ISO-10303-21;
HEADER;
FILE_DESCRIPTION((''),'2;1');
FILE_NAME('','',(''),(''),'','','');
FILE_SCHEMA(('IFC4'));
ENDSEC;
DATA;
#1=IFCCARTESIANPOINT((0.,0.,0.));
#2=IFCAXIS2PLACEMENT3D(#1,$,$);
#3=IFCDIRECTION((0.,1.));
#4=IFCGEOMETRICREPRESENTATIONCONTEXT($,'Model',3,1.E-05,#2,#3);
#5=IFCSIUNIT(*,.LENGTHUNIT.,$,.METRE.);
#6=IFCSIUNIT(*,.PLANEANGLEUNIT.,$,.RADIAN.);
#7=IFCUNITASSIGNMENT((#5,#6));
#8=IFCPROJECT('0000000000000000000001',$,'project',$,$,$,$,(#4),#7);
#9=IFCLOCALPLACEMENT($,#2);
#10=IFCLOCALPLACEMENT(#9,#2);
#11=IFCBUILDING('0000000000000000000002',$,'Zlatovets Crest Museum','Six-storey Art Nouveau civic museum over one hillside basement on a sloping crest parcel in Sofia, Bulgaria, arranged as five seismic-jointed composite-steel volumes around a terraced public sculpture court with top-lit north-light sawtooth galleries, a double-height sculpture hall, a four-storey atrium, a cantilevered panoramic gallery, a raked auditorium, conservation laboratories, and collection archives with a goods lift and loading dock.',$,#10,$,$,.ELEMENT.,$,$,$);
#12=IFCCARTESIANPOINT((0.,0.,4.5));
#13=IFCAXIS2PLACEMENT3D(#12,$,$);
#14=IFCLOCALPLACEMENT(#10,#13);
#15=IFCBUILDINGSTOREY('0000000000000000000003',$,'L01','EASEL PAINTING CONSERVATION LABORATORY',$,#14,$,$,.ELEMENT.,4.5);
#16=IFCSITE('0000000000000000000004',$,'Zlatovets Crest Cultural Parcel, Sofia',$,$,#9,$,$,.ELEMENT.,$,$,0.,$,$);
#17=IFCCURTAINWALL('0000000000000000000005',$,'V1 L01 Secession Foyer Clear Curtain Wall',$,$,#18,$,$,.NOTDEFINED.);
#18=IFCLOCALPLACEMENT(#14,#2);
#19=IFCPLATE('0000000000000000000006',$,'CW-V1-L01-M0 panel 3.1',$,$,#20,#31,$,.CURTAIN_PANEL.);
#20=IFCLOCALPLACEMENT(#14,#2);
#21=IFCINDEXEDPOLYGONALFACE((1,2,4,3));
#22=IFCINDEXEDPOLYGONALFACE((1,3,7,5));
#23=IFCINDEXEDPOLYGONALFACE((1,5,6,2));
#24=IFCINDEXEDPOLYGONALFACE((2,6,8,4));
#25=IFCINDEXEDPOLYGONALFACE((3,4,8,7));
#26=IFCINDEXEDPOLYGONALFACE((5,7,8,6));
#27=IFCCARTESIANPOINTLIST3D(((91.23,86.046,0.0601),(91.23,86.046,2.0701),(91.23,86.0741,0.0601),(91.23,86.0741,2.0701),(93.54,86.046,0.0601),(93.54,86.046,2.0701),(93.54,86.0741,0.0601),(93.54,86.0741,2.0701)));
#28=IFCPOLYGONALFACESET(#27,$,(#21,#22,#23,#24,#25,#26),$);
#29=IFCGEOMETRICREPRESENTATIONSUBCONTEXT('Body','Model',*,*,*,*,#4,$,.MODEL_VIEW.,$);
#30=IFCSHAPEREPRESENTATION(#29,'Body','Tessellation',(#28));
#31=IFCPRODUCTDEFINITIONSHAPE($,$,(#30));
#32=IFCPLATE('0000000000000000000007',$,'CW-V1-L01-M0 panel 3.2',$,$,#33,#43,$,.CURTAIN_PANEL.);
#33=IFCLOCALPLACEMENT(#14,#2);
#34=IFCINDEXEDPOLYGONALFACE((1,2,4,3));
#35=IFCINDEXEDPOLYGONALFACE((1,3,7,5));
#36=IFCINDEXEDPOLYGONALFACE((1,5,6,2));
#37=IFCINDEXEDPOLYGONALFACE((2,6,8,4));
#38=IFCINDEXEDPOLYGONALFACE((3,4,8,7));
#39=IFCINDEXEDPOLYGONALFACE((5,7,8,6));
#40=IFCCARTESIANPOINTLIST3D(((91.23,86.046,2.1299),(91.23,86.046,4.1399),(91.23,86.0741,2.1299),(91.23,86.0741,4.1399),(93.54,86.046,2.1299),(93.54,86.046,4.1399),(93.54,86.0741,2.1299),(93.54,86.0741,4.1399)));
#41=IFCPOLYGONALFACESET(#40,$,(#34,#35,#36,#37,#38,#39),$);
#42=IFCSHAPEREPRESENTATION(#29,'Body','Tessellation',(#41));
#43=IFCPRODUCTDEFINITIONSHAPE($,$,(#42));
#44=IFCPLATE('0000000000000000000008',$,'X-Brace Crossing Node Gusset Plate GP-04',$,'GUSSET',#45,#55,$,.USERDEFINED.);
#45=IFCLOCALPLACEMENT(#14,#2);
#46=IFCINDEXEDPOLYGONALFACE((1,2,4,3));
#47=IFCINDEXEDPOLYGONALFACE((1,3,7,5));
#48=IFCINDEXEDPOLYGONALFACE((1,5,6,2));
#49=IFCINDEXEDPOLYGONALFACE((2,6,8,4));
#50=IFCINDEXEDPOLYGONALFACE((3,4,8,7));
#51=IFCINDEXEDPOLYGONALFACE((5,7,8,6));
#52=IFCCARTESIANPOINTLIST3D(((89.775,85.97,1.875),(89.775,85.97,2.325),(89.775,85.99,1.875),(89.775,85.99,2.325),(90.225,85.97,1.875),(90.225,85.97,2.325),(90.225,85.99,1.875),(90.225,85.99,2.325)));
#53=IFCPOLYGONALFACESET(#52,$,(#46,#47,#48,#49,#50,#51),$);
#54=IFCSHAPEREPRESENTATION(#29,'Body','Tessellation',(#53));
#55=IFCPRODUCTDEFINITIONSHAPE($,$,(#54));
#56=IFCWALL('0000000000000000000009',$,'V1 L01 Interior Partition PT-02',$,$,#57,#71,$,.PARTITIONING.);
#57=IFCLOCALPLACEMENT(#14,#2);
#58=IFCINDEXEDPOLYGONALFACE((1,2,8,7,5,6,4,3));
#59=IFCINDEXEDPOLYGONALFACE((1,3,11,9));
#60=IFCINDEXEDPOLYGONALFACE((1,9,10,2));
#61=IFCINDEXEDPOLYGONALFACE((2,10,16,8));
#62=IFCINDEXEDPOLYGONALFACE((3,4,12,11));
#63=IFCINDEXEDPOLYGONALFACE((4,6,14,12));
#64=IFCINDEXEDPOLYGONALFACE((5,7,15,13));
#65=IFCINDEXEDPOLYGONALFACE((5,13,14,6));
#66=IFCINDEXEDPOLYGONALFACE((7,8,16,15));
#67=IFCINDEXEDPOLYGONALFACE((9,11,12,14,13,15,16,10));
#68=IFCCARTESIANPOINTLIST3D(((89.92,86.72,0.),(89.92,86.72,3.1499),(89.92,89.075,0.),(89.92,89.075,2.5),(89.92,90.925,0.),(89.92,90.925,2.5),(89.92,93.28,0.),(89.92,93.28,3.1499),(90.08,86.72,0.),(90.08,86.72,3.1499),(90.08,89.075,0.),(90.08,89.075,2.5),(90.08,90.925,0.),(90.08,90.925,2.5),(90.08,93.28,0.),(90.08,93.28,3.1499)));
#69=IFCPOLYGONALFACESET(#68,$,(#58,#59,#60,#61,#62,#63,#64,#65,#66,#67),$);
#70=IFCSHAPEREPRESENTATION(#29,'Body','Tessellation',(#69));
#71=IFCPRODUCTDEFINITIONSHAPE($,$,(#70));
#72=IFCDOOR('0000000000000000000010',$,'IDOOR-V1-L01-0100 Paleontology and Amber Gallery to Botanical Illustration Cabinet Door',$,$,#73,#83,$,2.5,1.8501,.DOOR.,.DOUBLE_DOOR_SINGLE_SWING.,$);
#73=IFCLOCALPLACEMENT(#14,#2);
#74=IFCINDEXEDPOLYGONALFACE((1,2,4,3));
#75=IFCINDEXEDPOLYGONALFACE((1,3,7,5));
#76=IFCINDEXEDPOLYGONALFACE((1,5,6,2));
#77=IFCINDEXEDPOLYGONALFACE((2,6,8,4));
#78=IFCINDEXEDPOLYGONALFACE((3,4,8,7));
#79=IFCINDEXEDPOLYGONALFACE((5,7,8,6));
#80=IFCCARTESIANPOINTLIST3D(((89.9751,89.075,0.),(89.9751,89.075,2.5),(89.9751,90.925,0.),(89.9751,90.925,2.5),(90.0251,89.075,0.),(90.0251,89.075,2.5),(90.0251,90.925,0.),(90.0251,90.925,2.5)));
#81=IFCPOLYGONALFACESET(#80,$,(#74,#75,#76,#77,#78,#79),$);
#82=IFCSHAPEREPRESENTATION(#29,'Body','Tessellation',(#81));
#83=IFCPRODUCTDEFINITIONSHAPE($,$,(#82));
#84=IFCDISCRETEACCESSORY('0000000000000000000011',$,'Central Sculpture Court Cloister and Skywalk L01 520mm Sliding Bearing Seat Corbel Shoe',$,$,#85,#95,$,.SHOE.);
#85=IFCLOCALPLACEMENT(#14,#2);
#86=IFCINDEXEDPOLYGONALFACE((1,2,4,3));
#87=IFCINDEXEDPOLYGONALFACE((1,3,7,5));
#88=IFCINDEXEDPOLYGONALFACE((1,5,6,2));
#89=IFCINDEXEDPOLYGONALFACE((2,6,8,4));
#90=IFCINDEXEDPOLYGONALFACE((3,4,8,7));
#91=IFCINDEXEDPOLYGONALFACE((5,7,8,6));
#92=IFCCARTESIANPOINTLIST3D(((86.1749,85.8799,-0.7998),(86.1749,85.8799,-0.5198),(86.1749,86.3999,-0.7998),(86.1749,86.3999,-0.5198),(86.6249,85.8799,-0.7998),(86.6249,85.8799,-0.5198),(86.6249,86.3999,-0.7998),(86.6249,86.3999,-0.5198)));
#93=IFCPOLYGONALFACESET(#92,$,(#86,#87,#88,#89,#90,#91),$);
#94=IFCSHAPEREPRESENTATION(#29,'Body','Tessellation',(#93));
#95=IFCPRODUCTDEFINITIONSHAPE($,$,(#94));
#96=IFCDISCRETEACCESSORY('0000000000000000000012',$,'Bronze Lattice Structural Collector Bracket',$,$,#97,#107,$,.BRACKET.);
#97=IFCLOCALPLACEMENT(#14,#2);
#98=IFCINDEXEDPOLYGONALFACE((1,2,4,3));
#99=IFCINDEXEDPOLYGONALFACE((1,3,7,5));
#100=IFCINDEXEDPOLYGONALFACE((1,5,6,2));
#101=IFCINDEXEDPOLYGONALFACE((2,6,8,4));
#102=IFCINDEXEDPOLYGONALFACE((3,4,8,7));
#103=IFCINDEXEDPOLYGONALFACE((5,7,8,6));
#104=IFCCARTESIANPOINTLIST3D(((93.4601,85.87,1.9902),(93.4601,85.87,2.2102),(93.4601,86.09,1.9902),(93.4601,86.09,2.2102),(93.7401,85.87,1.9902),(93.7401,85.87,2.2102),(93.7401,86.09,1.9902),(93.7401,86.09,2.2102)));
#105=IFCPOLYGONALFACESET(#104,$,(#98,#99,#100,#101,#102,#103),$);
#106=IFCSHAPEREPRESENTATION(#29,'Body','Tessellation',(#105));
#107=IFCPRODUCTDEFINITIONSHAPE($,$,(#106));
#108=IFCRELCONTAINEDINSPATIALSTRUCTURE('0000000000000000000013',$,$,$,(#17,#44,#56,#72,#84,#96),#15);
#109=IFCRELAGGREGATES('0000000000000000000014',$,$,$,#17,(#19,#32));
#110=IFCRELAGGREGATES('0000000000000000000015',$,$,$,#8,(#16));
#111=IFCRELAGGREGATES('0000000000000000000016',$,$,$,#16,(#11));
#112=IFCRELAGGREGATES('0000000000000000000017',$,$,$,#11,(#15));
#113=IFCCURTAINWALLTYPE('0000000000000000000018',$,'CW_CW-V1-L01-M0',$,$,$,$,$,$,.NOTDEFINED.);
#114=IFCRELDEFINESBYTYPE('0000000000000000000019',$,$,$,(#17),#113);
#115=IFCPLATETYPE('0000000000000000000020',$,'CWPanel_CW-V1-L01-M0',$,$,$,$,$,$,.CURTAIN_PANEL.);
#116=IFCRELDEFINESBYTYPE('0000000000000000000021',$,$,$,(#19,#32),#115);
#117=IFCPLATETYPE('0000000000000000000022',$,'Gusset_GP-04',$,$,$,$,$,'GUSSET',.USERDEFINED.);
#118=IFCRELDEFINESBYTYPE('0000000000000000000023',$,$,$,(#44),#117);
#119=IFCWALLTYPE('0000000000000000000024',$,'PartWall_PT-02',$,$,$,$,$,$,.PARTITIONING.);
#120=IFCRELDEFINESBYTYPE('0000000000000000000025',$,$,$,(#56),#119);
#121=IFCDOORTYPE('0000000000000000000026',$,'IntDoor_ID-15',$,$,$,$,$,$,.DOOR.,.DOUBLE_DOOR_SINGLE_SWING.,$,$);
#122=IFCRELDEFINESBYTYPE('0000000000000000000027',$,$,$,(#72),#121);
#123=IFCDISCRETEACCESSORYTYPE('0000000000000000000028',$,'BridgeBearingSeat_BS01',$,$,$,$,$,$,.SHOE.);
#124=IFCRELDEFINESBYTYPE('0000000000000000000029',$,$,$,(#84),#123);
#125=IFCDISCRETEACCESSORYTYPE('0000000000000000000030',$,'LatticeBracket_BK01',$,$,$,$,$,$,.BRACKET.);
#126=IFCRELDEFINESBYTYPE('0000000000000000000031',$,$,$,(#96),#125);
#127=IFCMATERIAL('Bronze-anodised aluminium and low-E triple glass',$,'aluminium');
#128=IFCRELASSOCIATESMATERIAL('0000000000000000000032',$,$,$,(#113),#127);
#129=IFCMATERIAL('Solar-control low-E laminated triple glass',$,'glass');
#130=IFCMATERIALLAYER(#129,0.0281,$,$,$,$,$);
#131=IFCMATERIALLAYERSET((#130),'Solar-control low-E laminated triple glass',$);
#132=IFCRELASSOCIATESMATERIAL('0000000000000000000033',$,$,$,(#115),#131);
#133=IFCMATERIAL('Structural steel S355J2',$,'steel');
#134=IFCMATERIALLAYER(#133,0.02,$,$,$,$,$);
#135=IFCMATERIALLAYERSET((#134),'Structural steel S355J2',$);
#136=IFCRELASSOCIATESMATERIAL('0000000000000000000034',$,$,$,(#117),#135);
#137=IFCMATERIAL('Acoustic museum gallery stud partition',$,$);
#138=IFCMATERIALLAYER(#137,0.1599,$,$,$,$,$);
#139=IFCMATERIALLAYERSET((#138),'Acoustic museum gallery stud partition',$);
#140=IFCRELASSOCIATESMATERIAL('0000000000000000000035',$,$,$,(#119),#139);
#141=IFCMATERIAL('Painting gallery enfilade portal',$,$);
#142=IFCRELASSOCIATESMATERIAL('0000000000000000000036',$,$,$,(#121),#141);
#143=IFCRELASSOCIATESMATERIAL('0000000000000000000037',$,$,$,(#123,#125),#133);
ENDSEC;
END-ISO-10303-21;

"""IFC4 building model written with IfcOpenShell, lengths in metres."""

from ifc_helpers import new_model, si_unit, direction, frame, frame_2d, origin, origin_2d, place, context, subcontext, project, spatial, rectangle, extrude, material, layer, layer_set, type_object, element, fill, aggregate, save


model = new_model("IFC4")

# Units and contexts
model_context = context("Model", 3, precision=1e-05, world=origin(), true_north=direction((0.0, 1.0)))
body_context = subcontext(model_context, "Body", "Model", "MODEL_VIEW")
ifc_project = project(units=[si_unit("LENGTHUNIT", "METRE"), si_unit("PLANEANGLEUNIT", "RADIAN")], contexts=[model_context])

# Site, building, storey
site_placement = place(None, origin())
site = spatial("IfcSite", under=ifc_project, at=site_placement, Name="Zlatovets Crest Cultural Parcel, Sofia", CompositionType="ELEMENT", RefElevation=0.0)
building_placement = place(site_placement, origin())
building = spatial("IfcBuilding", under=site, at=building_placement, Name="Zlatovets Crest Museum", Description="Six-storey Art Nouveau civic museum over one hillside basement on a sloping crest parcel in Sofia, Bulgaria, arranged as five seismic-jointed composite-steel volumes around a terraced public sculpture court with top-lit north-light sawtooth galleries, a double-height sculpture hall, a four-storey atrium, a cantilevered panoramic gallery, a raked auditorium, conservation laboratories, and collection archives with a goods lift and loading dock.", CompositionType="ELEMENT")
storey_placement = place(building_placement, frame((0.0, 0.0, 4.5)))
storey = spatial("IfcBuildingStorey", under=building, at=storey_placement, Name="L01", Description="EASEL PAINTING CONSERVATION LABORATORY", CompositionType="ELEMENT", Elevation=4.5)

# Shared definitions
ifc_material_1 = material(Name="Structural steel S355J2", Category="steel")

# Curtain wall
ifc_material_2 = material(Name="Bronze-anodised aluminium and low-E triple glass", Category="aluminium")
curtain_wall_type_1 = type_object("IfcCurtainWallType", Name="CW_CW-V1-L01-M0", PredefinedType="NOTDEFINED", material=ifc_material_2)
curtain_wall_1_placement = place(storey_placement, origin())
curtain_wall_1 = element("IfcCurtainWall", 1, at=curtain_wall_1_placement, inside=storey, type_object=curtain_wall_type_1, Name="V1 L01 Secession Foyer Clear Curtain Wall", PredefinedType="NOTDEFINED")

# Plates
ifc_material_3 = material(Name="Solar-control low-E laminated triple glass", Category="glass")
ifc_layer_1 = layer(ifc_material_3, 0.0281)
ifc_layer_set_1 = layer_set([ifc_layer_1], Name="Solar-control low-E laminated triple glass")
plate_type_1 = type_object("IfcPlateType", Name="CWPanel_CW-V1-L01-M0", PredefinedType="CURTAIN_PANEL", material=ifc_layer_set_1)
plate_1_placement = place(storey_placement, frame((92.385, 86.0601, 0.0601), z_axis=(0.0, 0.0, 1.0), x_axis=(1.0, 0.0, 0.0)))
plate_1 = element("IfcPlate", 2, at=plate_1_placement, type_object=plate_type_1, Name="CW-V1-L01-M0 panel 3.1", PredefinedType="CURTAIN_PANEL", context=body_context, shape_type="SweptSolid", body=[
    extrude(rectangle(XDim=2.3101, YDim=0.0281, at=origin_2d()), origin(), (0.0, 0.0, 1.0), 2.01),
])
plate_2_placement = place(storey_placement, frame((92.385, 86.0601, 2.1299), z_axis=(0.0, 0.0, 1.0), x_axis=(1.0, 0.0, 0.0)))
plate_2 = element("IfcPlate", 3, at=plate_2_placement, type_object=plate_type_1, Name="CW-V1-L01-M0 panel 3.2", PredefinedType="CURTAIN_PANEL", context=body_context, shape_type="SweptSolid", body=[
    extrude(rectangle(XDim=2.3101, YDim=0.0281, at=origin_2d()), origin(), (0.0, 0.0, 1.0), 2.01),
])
aggregate(curtain_wall_1, [plate_1, plate_2])
ifc_layer_2 = layer(ifc_material_1, 0.02)
ifc_layer_set_2 = layer_set([ifc_layer_2], Name="Structural steel S355J2")
plate_type_2 = type_object("IfcPlateType", Name="Gusset_GP-04", ElementType="GUSSET", PredefinedType="USERDEFINED", material=ifc_layer_set_2)
plate_3_placement = place(storey_placement, frame((90.0, 85.98, 1.875), z_axis=(0.0, 0.0, 1.0), x_axis=(1.0, 0.0, 0.0)))
element("IfcPlate", 4, at=plate_3_placement, inside=storey, type_object=plate_type_2, Name="X-Brace Crossing Node Gusset Plate GP-04", ObjectType="GUSSET", PredefinedType="USERDEFINED", context=body_context, shape_type="SweptSolid", body=[
    extrude(rectangle(XDim=0.45, YDim=0.02, at=origin_2d()), origin(), (0.0, 0.0, 1.0), 0.45),
])

# Wall, opening, door
ifc_material_4 = material(Name="Acoustic museum gallery stud partition")
ifc_layer_3 = layer(ifc_material_4, 0.1599)
ifc_layer_set_3 = layer_set([ifc_layer_3], Name="Acoustic museum gallery stud partition")
wall_type = type_object("IfcWallType", Name="PartWall_PT-02", PredefinedType="PARTITIONING", material=ifc_layer_set_3)
wall_placement = place(storey_placement, frame((90.0, 86.72, 0.0), z_axis=(0.0, 0.0, 1.0), x_axis=(0.0, 1.0, 0.0)))
wall = element("IfcWall", 5, at=wall_placement, inside=storey, type_object=wall_type, Name="V1 L01 Interior Partition PT-02", PredefinedType="PARTITIONING", context=body_context, shape_type="SweptSolid", body=[
    extrude(rectangle(XDim=6.5601, YDim=0.1599, at=frame_2d((3.28, 0.0))), origin(), (0.0, 0.0, 1.0), 3.1499),
])
opening_placement = place(wall_placement, frame((2.355, 0.0, 0.0)))
opening = element("IfcOpeningElement", 6, at=opening_placement, cuts=wall, PredefinedType="OPENING", context=body_context, shape_type="SweptSolid", body=[
    extrude(rectangle(XDim=1.8501, YDim=2.5, at=frame_2d((0.925, 1.25))), frame((0.0, 0.0898, 0.0), z_axis=(0.0, -1.0, 0.0), x_axis=(1.0, 0.0, 0.0)), (0.0, 0.0, 1.0), 0.1799),
])
ifc_material_5 = material(Name="Painting gallery enfilade portal")
door_type = type_object("IfcDoorType", Name="IntDoor_ID-15", OperationType="DOUBLE_DOOR_SINGLE_SWING", PredefinedType="DOOR", material=ifc_material_5)
door_placement = place(opening_placement, origin())
door = element("IfcDoor", 7, at=door_placement, inside=storey, type_object=door_type, Name="IDOOR-V1-L01-0100 Paleontology and Amber Gallery to Botanical Illustration Cabinet Door", OperationType="DOUBLE_DOOR_SINGLE_SWING", OverallHeight=2.5, OverallWidth=1.8501, PredefinedType="DOOR", context=body_context, shape_type="SweptSolid", body=[
    extrude(rectangle(XDim=1.8501, YDim=2.5, at=frame_2d((0.925, 1.25))), frame((0.0, 0.0249, 0.0), z_axis=(0.0, -1.0, 0.0), x_axis=(1.0, 0.0, 0.0)), (0.0, 0.0, 1.0), 0.05),
])
fill(opening, door)

# Discrete accessories
discrete_accessory_type_1 = type_object("IfcDiscreteAccessoryType", Name="BridgeBearingSeat_BS01", PredefinedType="SHOE", material=ifc_material_1)
discrete_accessory_1_placement = place(storey_placement, frame((86.3999, 86.1399, -0.7998), z_axis=(0.0, 0.0, 1.0), x_axis=(1.0, 0.0, 0.0)))
element("IfcDiscreteAccessory", 8, at=discrete_accessory_1_placement, inside=storey, type_object=discrete_accessory_type_1, Name="Central Sculpture Court Cloister and Skywalk L01 520mm Sliding Bearing Seat Corbel Shoe", PredefinedType="SHOE", context=body_context, shape_type="SweptSolid", body=[
    extrude(rectangle(XDim=0.45, YDim=0.52, at=origin_2d()), origin(), (0.0, 0.0, 1.0), 0.28),
])
discrete_accessory_type_2 = type_object("IfcDiscreteAccessoryType", Name="LatticeBracket_BK01", PredefinedType="BRACKET", material=ifc_material_1)
discrete_accessory_2_placement = place(storey_placement, frame((93.6001, 85.98, 1.9902), z_axis=(0.0, 0.0, 1.0), x_axis=(1.0, 0.0, 0.0)))
element("IfcDiscreteAccessory", 9, at=discrete_accessory_2_placement, inside=storey, type_object=discrete_accessory_type_2, Name="Bronze Lattice Structural Collector Bracket", PredefinedType="BRACKET", context=body_context, shape_type="SweptSolid", body=[
    extrude(rectangle(XDim=0.28, YDim=0.22, at=origin_2d()), origin(), (0.0, 0.0, 1.0), 0.22),
])

save(model, "model.ifc")
